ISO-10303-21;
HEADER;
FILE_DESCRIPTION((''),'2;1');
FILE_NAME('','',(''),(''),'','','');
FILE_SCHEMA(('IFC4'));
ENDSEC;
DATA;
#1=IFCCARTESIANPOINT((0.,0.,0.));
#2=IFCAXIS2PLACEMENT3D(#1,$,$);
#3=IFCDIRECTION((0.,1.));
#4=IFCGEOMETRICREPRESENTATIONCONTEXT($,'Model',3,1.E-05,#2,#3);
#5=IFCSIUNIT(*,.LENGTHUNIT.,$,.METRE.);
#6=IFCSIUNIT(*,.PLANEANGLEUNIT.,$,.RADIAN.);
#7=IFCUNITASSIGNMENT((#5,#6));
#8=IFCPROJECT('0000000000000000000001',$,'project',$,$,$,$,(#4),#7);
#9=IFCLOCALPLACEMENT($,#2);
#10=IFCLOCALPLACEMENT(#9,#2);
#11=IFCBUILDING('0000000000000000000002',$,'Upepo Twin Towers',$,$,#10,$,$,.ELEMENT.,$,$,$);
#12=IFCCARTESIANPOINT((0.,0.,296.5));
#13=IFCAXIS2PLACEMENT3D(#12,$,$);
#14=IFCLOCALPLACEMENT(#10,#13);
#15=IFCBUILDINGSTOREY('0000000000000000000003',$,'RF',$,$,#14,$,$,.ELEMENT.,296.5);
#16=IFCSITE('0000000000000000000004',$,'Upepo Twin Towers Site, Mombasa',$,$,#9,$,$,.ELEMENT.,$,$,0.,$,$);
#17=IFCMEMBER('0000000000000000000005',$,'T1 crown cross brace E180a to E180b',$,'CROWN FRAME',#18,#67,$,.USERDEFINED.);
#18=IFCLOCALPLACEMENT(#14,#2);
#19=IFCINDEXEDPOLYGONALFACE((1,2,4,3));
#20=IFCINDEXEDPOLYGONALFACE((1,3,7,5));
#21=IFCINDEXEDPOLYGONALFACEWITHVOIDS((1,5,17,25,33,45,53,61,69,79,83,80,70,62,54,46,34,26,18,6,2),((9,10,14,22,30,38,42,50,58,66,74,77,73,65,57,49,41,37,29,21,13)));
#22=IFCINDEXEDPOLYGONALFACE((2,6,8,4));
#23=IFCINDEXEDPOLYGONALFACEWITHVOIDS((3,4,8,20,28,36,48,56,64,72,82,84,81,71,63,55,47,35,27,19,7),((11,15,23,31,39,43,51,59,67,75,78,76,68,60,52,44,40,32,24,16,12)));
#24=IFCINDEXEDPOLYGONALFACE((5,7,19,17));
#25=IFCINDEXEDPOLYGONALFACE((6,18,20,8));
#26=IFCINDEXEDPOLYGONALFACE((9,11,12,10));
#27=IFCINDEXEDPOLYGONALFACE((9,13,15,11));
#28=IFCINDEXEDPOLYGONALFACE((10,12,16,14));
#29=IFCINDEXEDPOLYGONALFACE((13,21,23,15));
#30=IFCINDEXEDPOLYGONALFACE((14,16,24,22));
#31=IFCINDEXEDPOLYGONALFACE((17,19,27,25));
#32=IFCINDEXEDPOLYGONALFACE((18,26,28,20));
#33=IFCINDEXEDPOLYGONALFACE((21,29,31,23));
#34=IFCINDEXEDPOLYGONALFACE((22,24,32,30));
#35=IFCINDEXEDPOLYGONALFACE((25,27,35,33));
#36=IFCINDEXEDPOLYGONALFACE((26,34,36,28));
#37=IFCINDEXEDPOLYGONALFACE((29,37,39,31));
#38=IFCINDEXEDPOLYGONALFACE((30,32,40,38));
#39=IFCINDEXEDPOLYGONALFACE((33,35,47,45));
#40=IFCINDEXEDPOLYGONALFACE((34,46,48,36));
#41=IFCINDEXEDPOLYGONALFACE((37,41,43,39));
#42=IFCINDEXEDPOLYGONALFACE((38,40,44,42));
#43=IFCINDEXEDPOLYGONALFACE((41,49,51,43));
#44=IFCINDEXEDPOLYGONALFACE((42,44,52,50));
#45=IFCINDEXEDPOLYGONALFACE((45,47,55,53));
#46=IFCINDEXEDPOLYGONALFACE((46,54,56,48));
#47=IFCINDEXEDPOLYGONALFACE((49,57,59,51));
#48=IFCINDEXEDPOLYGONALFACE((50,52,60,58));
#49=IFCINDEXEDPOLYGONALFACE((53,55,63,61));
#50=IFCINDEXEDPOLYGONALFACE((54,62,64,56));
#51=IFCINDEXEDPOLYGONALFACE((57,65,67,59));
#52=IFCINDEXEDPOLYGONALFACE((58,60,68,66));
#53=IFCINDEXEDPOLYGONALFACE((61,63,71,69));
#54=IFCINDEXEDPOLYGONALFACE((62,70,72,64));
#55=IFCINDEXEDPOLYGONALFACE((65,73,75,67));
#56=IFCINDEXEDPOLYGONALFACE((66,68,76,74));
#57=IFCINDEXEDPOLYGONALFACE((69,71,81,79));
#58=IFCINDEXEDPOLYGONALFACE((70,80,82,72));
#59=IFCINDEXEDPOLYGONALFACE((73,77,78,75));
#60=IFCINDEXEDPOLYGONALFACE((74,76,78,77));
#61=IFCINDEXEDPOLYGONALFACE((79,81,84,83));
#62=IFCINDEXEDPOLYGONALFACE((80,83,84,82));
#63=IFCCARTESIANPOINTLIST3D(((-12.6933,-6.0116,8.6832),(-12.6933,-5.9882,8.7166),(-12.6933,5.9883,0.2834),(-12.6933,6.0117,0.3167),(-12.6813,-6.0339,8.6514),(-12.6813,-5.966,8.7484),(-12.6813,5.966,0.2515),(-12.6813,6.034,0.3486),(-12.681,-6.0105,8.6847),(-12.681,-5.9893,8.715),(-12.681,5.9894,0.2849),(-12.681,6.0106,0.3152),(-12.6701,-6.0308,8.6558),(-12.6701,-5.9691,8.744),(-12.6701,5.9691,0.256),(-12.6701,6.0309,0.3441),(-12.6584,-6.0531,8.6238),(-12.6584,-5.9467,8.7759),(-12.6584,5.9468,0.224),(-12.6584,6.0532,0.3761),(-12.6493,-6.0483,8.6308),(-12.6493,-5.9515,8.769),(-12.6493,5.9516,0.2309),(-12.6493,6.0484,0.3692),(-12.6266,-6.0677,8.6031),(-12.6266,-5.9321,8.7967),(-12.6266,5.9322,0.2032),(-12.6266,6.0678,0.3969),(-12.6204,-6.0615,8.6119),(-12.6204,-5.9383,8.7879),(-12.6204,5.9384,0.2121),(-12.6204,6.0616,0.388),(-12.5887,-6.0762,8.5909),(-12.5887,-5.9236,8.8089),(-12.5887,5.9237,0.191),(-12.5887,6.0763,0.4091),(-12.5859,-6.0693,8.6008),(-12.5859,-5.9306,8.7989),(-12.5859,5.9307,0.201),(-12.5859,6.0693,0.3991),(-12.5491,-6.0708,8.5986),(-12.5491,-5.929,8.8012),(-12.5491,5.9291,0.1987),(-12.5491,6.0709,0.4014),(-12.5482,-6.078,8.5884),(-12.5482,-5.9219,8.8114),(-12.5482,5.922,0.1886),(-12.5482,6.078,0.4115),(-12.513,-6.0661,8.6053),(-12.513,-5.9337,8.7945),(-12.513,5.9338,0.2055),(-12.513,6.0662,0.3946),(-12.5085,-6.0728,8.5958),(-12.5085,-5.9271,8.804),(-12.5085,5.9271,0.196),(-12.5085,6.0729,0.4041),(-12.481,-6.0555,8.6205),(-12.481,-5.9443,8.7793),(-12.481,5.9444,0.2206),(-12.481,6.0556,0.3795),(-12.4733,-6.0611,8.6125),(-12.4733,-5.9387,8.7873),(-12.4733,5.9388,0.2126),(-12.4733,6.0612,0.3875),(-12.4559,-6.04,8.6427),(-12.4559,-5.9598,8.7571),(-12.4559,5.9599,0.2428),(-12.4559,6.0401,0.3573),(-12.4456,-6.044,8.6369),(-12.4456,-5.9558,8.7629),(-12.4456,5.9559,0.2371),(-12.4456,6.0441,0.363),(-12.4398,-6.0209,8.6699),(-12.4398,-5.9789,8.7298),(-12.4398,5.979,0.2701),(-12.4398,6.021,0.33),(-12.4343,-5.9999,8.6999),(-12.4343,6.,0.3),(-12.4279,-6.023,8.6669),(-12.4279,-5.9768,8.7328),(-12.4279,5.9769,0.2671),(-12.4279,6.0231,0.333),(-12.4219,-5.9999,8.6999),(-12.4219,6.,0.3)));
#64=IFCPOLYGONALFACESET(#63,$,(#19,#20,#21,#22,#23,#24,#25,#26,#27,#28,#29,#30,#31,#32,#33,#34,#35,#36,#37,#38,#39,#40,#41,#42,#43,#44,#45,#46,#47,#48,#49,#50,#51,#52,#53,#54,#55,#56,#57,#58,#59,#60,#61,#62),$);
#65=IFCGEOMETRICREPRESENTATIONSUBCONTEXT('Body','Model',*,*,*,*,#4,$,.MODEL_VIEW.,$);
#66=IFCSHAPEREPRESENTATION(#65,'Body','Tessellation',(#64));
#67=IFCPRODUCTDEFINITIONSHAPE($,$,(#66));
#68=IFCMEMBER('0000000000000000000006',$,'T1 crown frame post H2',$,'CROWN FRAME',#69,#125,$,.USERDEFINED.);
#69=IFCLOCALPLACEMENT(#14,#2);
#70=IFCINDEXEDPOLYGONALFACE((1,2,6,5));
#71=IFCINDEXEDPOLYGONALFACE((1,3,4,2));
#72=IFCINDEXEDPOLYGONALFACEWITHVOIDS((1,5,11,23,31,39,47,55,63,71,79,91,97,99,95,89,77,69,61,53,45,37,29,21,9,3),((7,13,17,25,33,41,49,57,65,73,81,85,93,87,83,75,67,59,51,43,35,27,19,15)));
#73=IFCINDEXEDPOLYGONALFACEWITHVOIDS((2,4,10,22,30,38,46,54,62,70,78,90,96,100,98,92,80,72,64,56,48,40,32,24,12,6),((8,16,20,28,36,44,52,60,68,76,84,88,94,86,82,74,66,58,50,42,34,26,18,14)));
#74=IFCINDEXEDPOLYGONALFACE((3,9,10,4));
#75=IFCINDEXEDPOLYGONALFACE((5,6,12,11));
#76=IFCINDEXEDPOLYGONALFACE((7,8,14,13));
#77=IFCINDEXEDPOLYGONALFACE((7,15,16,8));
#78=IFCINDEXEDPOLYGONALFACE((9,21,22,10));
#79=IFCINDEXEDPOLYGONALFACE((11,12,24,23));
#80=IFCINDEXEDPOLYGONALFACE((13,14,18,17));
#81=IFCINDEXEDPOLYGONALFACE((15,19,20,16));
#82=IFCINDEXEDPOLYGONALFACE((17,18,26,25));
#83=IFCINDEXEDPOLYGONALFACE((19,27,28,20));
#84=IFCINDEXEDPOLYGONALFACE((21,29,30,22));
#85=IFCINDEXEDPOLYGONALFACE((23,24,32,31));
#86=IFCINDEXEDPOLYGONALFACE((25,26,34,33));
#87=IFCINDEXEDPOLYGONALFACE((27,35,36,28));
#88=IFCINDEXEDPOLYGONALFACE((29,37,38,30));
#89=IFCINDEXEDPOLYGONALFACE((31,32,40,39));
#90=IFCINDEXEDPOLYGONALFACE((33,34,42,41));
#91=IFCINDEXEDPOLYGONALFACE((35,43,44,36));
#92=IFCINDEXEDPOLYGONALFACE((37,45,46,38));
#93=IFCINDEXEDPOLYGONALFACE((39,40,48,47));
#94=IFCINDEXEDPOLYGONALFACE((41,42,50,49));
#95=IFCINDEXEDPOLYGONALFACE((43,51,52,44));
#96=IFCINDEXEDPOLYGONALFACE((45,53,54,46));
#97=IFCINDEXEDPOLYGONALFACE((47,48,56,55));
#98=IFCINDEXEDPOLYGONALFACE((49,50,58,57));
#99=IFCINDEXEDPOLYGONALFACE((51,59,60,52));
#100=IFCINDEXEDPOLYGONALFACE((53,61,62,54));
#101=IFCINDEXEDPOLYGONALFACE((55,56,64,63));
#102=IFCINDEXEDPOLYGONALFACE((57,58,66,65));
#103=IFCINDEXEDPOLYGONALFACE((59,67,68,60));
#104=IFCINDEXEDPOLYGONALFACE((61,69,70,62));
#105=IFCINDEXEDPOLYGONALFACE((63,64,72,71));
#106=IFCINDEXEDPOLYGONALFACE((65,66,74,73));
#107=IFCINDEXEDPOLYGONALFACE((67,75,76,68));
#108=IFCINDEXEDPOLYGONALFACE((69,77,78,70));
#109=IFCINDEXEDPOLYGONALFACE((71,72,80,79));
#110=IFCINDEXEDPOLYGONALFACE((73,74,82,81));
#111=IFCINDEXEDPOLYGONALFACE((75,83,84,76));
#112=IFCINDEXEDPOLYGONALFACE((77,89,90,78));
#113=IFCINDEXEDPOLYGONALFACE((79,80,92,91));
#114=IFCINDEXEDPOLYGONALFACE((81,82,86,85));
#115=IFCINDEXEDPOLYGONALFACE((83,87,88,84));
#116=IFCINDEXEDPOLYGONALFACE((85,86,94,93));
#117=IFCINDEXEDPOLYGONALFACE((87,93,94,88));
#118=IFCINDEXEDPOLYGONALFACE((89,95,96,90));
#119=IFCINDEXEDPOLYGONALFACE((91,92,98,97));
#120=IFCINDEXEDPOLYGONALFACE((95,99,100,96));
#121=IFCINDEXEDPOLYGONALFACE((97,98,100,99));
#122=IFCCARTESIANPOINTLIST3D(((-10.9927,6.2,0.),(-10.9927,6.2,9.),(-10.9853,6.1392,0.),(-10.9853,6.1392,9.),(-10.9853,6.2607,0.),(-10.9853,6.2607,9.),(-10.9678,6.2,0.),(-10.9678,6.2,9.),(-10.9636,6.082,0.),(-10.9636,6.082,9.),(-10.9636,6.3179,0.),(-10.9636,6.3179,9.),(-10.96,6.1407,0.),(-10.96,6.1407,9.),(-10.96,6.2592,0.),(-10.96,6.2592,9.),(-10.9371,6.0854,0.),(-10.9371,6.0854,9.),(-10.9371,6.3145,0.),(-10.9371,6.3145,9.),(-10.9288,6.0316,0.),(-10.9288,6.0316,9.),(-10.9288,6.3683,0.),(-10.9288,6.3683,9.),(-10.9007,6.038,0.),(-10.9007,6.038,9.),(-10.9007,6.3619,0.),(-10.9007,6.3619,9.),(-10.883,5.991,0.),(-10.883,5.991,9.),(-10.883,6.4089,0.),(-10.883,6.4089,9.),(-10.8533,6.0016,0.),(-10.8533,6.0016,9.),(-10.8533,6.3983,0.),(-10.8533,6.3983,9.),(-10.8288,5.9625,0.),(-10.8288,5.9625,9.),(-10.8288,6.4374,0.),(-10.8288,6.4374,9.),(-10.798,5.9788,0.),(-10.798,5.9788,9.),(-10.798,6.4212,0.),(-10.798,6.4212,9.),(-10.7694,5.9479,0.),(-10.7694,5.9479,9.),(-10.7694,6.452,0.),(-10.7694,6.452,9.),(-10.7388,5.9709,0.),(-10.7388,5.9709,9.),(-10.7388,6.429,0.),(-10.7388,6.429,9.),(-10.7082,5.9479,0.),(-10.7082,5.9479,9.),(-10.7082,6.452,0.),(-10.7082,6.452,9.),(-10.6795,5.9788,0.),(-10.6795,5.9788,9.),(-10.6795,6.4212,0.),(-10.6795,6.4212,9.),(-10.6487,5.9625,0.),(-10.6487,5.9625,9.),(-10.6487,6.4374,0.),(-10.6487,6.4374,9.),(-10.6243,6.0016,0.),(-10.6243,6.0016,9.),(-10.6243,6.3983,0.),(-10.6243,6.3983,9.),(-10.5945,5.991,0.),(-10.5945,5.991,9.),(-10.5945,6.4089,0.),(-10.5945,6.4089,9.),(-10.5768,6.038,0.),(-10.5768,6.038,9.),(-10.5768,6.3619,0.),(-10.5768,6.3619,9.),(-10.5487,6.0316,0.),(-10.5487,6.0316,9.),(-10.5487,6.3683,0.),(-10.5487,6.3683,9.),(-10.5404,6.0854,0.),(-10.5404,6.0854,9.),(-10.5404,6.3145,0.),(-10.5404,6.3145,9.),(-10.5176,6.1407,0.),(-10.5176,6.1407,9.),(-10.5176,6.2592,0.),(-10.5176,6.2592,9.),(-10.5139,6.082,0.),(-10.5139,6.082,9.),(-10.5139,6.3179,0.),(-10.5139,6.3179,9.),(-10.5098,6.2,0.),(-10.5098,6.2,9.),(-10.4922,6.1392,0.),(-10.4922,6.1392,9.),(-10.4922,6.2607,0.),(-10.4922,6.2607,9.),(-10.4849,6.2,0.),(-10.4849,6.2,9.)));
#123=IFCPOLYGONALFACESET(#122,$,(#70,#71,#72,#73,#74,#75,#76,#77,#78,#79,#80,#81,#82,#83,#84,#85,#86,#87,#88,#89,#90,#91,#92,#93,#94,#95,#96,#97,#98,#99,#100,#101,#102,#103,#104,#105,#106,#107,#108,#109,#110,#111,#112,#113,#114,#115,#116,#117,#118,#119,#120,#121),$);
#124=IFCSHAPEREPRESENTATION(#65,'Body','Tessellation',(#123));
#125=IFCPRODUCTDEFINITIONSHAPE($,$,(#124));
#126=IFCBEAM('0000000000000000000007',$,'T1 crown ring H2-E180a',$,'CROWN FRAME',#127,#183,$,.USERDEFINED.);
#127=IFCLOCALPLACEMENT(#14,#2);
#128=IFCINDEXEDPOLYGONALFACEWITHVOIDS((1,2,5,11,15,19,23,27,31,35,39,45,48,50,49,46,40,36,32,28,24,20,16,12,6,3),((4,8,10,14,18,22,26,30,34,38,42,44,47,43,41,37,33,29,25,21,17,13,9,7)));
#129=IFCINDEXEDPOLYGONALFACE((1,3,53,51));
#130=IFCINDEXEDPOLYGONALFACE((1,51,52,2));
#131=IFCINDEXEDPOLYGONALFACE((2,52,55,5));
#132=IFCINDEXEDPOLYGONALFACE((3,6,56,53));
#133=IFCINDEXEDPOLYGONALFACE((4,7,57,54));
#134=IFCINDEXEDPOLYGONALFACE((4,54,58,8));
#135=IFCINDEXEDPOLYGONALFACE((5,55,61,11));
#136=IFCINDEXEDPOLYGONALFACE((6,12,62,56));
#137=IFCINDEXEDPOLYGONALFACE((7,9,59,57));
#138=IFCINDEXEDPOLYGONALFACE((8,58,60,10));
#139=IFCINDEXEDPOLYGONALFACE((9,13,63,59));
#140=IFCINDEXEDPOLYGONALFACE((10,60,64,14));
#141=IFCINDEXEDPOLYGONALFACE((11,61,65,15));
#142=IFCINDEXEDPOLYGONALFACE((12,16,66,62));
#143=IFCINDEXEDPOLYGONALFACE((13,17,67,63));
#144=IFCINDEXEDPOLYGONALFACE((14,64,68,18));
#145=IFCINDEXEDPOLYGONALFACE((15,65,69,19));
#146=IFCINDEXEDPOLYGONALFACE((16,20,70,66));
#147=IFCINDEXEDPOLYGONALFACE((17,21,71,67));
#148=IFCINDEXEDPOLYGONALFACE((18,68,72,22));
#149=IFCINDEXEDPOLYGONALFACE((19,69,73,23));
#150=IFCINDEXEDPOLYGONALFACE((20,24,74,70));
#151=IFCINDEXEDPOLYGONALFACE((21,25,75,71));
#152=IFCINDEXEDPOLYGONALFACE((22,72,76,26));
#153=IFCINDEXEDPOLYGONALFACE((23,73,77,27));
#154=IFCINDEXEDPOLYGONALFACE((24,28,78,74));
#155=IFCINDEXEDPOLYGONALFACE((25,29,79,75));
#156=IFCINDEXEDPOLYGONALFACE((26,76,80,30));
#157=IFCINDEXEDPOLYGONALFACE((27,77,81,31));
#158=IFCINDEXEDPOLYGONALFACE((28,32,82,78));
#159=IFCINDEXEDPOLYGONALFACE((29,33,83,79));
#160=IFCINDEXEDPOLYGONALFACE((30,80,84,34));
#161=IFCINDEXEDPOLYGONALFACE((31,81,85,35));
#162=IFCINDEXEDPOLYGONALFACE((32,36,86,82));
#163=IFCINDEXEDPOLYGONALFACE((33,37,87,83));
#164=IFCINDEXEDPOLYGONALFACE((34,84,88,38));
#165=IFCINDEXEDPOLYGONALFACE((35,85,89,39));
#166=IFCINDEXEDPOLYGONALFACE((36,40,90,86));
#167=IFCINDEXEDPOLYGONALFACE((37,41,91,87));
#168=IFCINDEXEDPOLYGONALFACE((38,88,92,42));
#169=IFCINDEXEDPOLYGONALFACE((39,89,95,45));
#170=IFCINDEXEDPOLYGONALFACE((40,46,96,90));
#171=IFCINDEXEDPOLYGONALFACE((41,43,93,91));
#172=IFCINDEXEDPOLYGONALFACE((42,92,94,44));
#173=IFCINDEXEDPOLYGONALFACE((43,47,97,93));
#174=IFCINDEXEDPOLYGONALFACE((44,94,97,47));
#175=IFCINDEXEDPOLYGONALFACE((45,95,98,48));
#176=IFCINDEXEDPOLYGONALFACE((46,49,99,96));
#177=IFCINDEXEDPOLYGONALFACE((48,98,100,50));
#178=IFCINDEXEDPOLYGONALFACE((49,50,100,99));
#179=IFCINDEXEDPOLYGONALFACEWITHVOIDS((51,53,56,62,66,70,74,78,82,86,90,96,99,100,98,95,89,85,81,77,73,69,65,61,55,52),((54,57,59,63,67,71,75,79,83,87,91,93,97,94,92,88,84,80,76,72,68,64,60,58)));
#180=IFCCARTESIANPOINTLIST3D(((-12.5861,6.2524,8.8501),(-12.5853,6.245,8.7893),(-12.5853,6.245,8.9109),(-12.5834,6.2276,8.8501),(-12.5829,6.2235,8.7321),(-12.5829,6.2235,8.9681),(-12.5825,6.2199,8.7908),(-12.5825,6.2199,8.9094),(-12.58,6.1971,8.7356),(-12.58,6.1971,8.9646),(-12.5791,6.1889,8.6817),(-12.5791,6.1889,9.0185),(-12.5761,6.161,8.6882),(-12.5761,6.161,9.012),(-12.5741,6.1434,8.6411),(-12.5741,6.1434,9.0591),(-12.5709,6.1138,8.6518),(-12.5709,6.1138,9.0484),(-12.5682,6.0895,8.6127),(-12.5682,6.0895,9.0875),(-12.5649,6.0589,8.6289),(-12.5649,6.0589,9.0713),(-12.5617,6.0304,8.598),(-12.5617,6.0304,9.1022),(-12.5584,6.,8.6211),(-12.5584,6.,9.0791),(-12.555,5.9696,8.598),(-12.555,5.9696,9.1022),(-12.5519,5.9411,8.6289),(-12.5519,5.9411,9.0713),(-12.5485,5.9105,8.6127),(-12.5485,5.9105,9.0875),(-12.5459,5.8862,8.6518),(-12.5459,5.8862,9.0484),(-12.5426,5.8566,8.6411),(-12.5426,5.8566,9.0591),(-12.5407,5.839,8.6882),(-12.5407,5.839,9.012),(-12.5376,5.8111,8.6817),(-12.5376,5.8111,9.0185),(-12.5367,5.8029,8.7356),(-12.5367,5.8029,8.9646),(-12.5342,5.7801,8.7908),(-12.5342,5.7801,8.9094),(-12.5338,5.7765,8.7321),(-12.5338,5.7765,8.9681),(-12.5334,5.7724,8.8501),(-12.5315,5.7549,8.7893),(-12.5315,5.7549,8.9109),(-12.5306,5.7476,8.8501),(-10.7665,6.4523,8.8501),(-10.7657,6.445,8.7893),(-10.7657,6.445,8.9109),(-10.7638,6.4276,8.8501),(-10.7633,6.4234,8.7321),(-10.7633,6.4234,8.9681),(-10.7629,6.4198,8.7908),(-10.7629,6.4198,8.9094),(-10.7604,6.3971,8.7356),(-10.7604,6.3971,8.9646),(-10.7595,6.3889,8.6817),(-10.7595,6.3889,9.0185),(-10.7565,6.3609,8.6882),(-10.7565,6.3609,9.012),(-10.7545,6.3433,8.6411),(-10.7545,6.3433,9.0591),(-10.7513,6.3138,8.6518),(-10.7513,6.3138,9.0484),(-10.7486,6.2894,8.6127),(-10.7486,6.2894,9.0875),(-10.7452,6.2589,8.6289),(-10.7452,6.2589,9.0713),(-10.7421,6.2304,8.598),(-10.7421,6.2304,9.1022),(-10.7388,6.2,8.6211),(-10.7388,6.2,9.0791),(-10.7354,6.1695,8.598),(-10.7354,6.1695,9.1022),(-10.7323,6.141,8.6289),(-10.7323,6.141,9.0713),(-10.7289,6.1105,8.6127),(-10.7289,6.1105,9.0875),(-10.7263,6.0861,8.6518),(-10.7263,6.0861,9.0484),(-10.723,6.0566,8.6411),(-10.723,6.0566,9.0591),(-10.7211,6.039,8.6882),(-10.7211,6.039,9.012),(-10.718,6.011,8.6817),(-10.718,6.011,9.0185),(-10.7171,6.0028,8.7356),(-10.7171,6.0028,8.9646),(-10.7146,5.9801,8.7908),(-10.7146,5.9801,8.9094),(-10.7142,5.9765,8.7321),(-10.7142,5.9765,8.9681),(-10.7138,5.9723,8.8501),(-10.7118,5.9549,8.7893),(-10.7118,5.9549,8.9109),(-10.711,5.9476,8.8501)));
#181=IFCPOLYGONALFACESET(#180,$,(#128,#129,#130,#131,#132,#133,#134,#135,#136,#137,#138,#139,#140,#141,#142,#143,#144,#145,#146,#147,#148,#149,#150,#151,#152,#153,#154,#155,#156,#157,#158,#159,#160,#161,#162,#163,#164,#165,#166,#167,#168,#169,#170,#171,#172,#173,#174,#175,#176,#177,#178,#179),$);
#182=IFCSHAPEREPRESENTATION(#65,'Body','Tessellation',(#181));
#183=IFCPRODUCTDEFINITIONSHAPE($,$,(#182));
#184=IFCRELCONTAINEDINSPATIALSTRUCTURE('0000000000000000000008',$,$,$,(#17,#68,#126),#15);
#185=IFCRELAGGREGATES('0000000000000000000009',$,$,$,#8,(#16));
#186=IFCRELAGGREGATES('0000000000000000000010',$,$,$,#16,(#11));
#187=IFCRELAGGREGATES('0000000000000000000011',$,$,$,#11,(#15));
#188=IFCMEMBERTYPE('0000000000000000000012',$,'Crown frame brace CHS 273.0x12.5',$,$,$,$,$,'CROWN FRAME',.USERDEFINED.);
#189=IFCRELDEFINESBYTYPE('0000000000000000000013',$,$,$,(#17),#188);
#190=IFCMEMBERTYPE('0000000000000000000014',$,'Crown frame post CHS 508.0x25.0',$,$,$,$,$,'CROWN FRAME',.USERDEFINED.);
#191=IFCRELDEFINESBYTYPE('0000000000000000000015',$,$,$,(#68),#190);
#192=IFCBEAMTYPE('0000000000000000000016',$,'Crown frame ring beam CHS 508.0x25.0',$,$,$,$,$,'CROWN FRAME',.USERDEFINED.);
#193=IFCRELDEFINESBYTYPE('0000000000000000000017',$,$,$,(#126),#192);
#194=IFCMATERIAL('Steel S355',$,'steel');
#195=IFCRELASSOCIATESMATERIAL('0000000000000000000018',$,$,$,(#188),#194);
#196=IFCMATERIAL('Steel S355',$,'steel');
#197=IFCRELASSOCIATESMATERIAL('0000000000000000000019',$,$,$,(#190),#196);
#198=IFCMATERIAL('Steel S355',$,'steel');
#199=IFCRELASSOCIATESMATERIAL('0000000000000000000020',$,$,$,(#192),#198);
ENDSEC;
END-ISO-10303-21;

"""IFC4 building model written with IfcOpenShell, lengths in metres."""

from ifc_helpers import new_model, si_unit, direction, frame, origin, origin_2d, place, context, subcontext, project, spatial, hollow_circle, extrude, material, material_profile, profile_set, type_object, element, save


model = new_model("IFC4")

# Units and contexts
model_context = context("Model", 3, precision=1e-05, world=origin(), true_north=direction((0.0, 1.0)))
body_context = subcontext(model_context, "Body", "Model", "MODEL_VIEW")
ifc_project = project(units=[si_unit("LENGTHUNIT", "METRE"), si_unit("PLANEANGLEUNIT", "RADIAN")], contexts=[model_context])

# Site, building, storey
site_placement = place(None, origin())
site = spatial("IfcSite", under=ifc_project, at=site_placement, Name="Upepo Twin Towers Site, Mombasa", CompositionType="ELEMENT", RefElevation=0.0)
building_placement = place(site_placement, origin())
building = spatial("IfcBuilding", under=site, at=building_placement, Name="Upepo Twin Towers", CompositionType="ELEMENT")
storey_placement = place(building_placement, frame((0.0, 0.0, 296.5)))
storey = spatial("IfcBuildingStorey", under=building, at=storey_placement, Name="RF", CompositionType="ELEMENT", Elevation=296.5)

# Members
ifc_material_1 = material(Name="Steel S355", Category="steel")
ifc_material_profile_1 = material_profile(ifc_material_1, hollow_circle(Radius=0.1365, WallThickness=0.0125, at=origin_2d()), Name="CHS 273.0x12.5")
ifc_profile_set_1 = profile_set([ifc_material_profile_1], Name="Steel S355")
member_type_1 = type_object("IfcMemberType", Name="Crown frame brace CHS 273.0x12.5", ElementType="CROWN FRAME", PredefinedType="USERDEFINED", material=ifc_profile_set_1)
member_1_placement = place(storey_placement, frame((-12.5583, 6.0, 0.3), z_axis=(0.0, -0.819235, 0.573458), x_axis=(1.0, 0.0, 0.0)))
element("IfcMember", 1, at=member_1_placement, inside=storey, type_object=member_type_1, Name="T1 crown cross brace E180a to E180b", ObjectType="CROWN FRAME", PredefinedType="USERDEFINED", context=body_context, shape_type="SweptSolid", body=[
    extrude(hollow_circle(Radius=0.1365, WallThickness=0.0125, at=origin_2d()), origin(), (0.0, 0.0, 1.0), 14.6477),
])
ifc_material_2 = material(Name="Steel S355", Category="steel")
ifc_material_profile_2 = material_profile(ifc_material_2, hollow_circle(Radius=0.2539, WallThickness=0.0249, at=origin_2d()), Name="CHS 508.0x25.0")
ifc_profile_set_2 = profile_set([ifc_material_profile_2], Name="Steel S355")
member_type_2 = type_object("IfcMemberType", Name="Crown frame post CHS 508.0x25.0", ElementType="CROWN FRAME", PredefinedType="USERDEFINED", material=ifc_profile_set_2)
member_2_placement = place(storey_placement, frame((-10.7388, 6.2, 0.0), z_axis=(0.0, 0.0, 1.0), x_axis=(1.0, 0.0, 0.0)))
element("IfcMember", 2, at=member_2_placement, inside=storey, type_object=member_type_2, Name="T1 crown frame post H2", ObjectType="CROWN FRAME", PredefinedType="USERDEFINED", context=body_context, shape_type="SweptSolid", body=[
    extrude(hollow_circle(Radius=0.2539, WallThickness=0.0249, at=origin_2d()), origin(), (0.0, 0.0, 1.0), 9.0),
])

# Beam
ifc_material_3 = material(Name="Steel S355", Category="steel")
ifc_material_profile_3 = material_profile(ifc_material_3, hollow_circle(Radius=0.2539, WallThickness=0.0249, at=origin_2d()), Name="CHS 508.0x25.0")
ifc_profile_set_3 = profile_set([ifc_material_profile_3], Name="Steel S355")
beam_type = type_object("IfcBeamType", Name="Crown frame ring beam CHS 508.0x25.0", ElementType="CROWN FRAME", PredefinedType="USERDEFINED", material=ifc_profile_set_3)
beam_1_placement = place(storey_placement, frame((-10.7388, 6.2, 8.8501), z_axis=(-0.994016, -0.109231, 0.0), x_axis=(0.109231, -0.994016, 0.0)))
element("IfcBeam", 3, at=beam_1_placement, inside=storey, type_object=beam_type, Name="T1 crown ring H2-E180a", ObjectType="CROWN FRAME", PredefinedType="USERDEFINED", context=body_context, shape_type="SweptSolid", body=[
    extrude(hollow_circle(Radius=0.2539, WallThickness=0.0249, at=origin_2d()), origin(), (0.0, 0.0, 1.0), 1.8306),
])

save(model, "model.ifc")
